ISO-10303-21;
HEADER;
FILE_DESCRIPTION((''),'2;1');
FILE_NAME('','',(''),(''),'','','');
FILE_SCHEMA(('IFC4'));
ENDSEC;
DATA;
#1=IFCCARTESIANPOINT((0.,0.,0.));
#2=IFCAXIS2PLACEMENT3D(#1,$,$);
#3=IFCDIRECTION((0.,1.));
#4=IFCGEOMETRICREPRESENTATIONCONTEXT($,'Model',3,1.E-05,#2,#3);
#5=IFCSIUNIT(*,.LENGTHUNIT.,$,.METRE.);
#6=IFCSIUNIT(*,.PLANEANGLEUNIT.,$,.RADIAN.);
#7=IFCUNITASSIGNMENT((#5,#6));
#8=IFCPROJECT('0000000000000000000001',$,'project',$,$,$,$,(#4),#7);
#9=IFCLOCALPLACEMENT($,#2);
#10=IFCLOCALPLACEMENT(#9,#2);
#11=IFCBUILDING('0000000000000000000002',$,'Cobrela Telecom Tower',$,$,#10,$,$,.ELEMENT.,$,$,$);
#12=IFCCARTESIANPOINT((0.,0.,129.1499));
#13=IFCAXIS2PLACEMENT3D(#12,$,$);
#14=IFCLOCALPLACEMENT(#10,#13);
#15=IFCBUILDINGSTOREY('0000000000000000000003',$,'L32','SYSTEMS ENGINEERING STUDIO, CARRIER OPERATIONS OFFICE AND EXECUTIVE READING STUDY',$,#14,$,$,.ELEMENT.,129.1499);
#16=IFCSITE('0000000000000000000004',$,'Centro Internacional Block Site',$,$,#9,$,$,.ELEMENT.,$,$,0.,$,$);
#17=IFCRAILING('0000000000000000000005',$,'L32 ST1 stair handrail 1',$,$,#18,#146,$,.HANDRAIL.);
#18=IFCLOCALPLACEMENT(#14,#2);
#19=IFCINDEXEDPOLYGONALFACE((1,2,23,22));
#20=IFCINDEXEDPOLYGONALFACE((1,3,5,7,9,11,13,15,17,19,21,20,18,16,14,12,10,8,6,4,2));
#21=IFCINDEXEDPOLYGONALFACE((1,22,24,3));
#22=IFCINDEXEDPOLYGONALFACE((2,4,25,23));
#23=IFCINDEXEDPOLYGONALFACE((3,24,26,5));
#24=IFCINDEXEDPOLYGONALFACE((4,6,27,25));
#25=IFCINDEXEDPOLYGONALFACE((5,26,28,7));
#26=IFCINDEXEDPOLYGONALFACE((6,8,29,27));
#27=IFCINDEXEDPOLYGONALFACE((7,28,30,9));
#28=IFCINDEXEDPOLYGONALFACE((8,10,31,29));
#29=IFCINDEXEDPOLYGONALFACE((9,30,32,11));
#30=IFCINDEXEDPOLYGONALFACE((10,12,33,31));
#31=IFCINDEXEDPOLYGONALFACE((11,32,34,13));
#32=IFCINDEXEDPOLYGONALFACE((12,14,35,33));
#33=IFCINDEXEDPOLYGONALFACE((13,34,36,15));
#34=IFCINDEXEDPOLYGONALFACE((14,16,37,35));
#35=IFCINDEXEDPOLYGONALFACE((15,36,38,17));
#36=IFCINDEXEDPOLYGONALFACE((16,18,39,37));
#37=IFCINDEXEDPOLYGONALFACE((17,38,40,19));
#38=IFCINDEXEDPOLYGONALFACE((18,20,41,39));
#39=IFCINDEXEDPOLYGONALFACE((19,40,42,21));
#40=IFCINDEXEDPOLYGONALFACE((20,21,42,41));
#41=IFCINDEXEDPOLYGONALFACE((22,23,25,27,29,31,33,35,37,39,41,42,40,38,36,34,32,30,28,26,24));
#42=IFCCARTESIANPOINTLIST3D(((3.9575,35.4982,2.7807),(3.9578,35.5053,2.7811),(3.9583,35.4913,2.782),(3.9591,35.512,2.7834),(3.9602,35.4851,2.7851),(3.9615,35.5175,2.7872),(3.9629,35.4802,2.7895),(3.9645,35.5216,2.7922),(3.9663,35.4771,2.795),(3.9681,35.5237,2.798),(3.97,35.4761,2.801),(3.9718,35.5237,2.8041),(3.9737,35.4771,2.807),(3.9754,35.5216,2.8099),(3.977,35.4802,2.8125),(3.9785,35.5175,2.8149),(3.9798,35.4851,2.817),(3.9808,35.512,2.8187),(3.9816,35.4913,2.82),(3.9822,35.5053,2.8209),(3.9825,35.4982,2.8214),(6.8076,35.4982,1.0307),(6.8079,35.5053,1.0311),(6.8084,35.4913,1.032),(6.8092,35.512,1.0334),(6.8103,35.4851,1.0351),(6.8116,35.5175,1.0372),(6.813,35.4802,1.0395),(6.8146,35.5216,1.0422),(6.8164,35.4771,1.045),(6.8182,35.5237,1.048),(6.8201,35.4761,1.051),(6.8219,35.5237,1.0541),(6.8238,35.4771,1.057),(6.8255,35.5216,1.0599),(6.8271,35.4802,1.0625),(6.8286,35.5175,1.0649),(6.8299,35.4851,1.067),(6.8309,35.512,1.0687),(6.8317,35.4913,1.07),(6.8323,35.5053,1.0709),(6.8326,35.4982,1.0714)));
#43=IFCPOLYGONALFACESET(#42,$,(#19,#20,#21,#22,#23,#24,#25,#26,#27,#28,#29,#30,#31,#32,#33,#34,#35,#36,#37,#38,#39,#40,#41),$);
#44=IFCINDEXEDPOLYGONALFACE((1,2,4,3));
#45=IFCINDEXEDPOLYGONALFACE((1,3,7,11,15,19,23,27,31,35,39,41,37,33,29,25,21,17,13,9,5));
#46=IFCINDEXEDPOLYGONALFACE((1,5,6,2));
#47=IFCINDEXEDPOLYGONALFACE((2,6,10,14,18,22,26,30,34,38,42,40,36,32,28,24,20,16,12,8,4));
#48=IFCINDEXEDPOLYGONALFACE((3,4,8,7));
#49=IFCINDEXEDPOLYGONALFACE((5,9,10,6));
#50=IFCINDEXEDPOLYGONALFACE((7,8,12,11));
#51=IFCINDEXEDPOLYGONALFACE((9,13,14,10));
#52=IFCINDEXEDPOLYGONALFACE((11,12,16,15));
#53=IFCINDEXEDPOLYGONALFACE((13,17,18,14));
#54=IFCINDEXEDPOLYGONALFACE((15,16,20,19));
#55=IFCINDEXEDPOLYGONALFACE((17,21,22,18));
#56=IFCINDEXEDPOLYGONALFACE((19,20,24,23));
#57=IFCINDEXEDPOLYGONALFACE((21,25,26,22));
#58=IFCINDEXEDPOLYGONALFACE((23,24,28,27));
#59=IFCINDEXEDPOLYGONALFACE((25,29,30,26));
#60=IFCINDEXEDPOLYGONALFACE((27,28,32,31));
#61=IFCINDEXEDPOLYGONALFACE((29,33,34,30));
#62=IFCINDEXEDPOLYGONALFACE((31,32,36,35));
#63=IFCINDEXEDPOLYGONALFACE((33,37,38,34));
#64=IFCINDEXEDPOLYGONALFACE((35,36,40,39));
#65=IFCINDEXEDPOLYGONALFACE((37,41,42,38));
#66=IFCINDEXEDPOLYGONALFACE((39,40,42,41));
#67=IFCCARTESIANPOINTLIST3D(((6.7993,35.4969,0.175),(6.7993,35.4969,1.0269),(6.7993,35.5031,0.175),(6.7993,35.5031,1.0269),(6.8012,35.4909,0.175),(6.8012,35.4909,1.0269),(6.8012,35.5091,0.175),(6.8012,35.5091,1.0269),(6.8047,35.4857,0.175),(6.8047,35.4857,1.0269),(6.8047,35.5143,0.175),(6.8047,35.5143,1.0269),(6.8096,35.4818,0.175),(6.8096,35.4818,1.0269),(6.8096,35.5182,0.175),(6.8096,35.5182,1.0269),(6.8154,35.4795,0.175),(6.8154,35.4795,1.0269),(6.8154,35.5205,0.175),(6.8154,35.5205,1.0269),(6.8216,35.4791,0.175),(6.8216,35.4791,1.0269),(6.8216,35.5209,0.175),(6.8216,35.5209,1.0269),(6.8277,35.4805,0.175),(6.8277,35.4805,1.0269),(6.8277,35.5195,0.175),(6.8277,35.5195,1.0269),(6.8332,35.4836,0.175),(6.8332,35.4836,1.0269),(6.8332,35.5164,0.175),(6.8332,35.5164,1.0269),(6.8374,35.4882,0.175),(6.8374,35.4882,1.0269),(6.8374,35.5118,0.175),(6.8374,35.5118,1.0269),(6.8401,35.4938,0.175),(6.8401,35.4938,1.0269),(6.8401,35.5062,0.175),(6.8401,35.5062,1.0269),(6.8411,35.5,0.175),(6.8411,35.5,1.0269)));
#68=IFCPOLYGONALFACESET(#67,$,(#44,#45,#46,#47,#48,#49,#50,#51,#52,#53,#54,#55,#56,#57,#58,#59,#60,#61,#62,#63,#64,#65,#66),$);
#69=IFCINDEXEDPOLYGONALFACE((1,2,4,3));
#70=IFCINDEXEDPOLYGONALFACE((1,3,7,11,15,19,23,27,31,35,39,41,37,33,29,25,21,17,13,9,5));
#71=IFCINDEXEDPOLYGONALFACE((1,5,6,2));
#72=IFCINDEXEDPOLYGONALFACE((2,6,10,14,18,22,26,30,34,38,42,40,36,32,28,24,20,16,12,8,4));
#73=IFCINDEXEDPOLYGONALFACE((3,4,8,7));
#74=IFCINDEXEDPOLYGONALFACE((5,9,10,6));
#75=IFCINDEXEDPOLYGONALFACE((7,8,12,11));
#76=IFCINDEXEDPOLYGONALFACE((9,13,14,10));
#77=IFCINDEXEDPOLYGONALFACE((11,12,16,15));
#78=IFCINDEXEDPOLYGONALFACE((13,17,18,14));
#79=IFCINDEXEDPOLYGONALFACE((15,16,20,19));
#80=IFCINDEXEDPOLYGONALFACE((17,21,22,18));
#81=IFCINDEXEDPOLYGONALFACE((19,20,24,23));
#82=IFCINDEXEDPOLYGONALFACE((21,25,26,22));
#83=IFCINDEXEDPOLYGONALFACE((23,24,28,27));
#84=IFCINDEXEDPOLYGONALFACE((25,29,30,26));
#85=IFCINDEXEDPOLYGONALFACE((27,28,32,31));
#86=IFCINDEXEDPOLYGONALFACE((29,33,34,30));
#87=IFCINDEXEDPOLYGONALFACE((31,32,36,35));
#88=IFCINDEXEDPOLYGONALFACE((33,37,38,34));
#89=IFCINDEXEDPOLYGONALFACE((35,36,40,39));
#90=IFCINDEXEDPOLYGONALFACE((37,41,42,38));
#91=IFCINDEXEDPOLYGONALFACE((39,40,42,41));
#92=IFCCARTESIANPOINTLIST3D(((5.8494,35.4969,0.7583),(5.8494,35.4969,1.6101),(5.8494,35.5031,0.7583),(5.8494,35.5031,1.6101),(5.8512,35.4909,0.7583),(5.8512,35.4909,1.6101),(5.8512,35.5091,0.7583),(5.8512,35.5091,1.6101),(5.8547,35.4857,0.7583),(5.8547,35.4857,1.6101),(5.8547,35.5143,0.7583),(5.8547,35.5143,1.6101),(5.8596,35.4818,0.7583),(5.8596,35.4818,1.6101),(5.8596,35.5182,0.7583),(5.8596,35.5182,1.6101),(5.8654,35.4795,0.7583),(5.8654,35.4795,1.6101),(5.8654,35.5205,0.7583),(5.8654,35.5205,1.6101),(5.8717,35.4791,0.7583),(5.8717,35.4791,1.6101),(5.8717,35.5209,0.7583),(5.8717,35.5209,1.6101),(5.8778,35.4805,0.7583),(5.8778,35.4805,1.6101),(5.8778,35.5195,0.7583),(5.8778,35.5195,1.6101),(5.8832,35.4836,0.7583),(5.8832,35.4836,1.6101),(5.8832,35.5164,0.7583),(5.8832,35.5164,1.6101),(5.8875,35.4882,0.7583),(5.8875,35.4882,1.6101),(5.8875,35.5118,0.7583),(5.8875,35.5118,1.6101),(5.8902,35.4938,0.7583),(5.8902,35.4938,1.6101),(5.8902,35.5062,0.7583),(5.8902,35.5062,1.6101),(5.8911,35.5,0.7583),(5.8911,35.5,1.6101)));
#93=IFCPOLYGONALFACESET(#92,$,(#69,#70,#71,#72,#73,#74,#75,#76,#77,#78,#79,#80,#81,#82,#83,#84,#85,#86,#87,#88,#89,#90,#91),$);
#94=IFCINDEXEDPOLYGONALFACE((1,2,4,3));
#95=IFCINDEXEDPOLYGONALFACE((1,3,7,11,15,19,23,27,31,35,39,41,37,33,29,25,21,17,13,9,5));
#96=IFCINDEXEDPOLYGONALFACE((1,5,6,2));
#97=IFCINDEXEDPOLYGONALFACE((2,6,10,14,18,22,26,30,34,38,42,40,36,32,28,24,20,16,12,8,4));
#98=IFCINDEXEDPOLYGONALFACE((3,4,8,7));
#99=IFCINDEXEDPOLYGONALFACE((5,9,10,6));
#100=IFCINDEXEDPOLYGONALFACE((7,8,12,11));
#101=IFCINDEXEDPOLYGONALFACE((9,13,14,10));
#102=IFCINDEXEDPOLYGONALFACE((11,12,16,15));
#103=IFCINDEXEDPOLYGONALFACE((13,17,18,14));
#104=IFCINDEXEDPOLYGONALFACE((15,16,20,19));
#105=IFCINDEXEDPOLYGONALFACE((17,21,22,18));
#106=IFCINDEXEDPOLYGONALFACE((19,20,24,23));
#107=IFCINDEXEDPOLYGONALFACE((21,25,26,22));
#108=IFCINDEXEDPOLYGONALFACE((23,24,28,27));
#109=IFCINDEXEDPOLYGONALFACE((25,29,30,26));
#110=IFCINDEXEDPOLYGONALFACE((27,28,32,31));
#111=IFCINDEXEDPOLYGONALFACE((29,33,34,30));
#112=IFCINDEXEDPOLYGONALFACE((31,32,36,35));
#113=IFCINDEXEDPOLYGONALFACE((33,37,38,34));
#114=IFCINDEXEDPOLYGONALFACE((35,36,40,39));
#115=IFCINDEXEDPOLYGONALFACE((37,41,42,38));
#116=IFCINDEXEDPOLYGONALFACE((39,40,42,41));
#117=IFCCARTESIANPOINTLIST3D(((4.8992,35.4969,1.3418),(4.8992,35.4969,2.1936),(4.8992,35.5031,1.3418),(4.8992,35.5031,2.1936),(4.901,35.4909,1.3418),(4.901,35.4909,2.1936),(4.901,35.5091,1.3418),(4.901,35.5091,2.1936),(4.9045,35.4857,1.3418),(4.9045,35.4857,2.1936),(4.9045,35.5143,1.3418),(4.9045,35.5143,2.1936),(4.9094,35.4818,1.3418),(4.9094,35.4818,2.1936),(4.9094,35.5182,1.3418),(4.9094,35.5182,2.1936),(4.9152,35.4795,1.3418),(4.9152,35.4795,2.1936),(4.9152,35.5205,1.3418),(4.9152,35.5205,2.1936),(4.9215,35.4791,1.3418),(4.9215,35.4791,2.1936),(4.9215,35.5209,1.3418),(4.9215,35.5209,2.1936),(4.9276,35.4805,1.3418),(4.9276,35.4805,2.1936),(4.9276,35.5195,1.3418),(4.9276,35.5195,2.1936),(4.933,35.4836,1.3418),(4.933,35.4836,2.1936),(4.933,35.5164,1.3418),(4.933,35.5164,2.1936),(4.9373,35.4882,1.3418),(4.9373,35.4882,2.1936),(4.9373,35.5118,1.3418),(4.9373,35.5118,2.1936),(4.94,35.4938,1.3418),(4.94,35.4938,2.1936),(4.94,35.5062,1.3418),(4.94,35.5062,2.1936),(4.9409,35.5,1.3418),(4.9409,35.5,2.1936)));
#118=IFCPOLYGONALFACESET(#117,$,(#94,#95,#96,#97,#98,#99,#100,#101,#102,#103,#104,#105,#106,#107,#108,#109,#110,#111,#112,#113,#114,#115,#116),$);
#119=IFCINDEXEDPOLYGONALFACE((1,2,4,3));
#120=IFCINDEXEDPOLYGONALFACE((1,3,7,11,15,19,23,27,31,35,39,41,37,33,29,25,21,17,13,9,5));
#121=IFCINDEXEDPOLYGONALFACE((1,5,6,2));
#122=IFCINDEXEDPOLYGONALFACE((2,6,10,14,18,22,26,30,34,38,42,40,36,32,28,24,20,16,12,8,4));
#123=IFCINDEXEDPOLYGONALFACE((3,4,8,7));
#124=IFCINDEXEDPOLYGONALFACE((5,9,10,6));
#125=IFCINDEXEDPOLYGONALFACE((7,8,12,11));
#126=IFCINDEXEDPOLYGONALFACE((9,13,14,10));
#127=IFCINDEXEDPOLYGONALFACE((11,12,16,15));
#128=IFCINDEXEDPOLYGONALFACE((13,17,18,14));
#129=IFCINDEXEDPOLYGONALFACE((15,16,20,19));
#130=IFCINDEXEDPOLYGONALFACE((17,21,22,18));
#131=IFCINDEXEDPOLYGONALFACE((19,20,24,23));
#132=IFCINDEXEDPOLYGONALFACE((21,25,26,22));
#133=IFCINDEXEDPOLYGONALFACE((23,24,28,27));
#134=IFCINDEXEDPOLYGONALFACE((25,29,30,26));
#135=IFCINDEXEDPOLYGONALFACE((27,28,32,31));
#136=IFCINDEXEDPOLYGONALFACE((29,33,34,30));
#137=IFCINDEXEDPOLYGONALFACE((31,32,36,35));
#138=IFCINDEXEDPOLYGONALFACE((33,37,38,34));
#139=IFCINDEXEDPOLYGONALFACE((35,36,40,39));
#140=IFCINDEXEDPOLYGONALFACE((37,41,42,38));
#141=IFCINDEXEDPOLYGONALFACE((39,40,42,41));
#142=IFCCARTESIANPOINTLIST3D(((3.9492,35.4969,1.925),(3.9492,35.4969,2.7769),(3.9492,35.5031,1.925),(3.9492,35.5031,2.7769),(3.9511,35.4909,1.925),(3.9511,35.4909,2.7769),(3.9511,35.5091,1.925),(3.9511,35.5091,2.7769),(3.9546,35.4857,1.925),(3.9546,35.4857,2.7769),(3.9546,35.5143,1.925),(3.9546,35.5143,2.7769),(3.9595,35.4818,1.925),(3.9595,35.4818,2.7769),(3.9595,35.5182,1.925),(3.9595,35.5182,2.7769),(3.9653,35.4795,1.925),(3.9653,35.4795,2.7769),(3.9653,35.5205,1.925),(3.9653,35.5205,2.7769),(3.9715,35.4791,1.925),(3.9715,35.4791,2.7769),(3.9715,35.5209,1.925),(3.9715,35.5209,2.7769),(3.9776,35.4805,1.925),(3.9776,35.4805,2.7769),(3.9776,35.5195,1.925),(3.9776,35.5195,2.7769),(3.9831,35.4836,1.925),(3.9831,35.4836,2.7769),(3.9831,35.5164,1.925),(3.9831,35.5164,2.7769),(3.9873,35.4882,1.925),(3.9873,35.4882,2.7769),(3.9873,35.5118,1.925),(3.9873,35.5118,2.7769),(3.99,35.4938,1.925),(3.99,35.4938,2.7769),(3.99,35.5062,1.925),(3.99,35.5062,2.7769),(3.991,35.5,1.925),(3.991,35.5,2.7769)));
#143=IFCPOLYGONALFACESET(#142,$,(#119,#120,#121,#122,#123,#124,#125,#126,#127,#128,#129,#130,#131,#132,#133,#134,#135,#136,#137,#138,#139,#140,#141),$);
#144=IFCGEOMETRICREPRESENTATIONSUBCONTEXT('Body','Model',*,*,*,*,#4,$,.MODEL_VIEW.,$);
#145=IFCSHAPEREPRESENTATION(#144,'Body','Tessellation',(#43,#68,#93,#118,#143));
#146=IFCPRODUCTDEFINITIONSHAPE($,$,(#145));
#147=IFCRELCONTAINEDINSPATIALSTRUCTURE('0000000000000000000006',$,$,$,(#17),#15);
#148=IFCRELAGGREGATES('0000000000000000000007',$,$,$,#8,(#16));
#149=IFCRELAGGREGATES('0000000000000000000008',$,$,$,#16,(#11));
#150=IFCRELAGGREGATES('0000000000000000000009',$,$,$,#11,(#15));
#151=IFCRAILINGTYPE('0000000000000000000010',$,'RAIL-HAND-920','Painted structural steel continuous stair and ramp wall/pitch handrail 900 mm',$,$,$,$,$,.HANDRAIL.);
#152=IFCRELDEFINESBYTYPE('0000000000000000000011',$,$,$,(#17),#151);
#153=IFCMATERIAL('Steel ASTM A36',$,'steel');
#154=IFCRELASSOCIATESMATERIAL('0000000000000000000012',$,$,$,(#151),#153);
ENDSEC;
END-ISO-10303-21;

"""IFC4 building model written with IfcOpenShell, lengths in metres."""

from ifc_helpers import new_model, si_unit, direction, frame, origin, origin_2d, place, context, subcontext, project, spatial, circle, extrude, material, type_object, element, save


model = new_model("IFC4")

# Units and contexts
model_context = context("Model", 3, precision=1e-05, world=origin(), true_north=direction((0.0, 1.0)))
body_context = subcontext(model_context, "Body", "Model", "MODEL_VIEW")
ifc_project = project(units=[si_unit("LENGTHUNIT", "METRE"), si_unit("PLANEANGLEUNIT", "RADIAN")], contexts=[model_context])

# Site, building, storey
site_placement = place(None, origin())
site = spatial("IfcSite", under=ifc_project, at=site_placement, Name="Centro Internacional Block Site", CompositionType="ELEMENT", RefElevation=0.0)
building_placement = place(site_placement, origin())
building = spatial("IfcBuilding", under=site, at=building_placement, Name="Cobrela Telecom Tower", CompositionType="ELEMENT")
storey_placement = place(building_placement, frame((0.0, 0.0, 129.1499)))
storey = spatial("IfcBuildingStorey", under=building, at=storey_placement, Name="L32", Description="SYSTEMS ENGINEERING STUDIO, CARRIER OPERATIONS OFFICE AND EXECUTIVE READING STUDY", CompositionType="ELEMENT", Elevation=129.1499)

# Shared definitions
ifc_material_1 = material(Name="Steel ASTM A36", Category="steel")

# Railing
railing_type_1 = type_object("IfcRailingType", Name="RAIL-HAND-920", Description="Painted structural steel continuous stair and ramp wall/pitch handrail 900 mm", PredefinedType="HANDRAIL", material=ifc_material_1)
railing_1_placement = place(storey_placement, frame((6.8201, 35.5, 0.175)))
element("IfcRailing", 1, at=railing_1_placement, inside=storey, type_object=railing_type_1, Name="L32 ST1 stair handrail 1", PredefinedType="HANDRAIL", context=body_context, shape_type="SweptSolid", body=[
    extrude(circle(Radius=0.0239, at=origin_2d()), frame((0.0, 0.0, 0.876), z_axis=(-0.852179, 0.0, 0.52325), x_axis=(0.0, -1.0, 0.0)), (0.0, 0.0, 1.0), 3.3445),
    extrude(circle(Radius=0.021, at=origin_2d()), origin(), (0.0, 0.0, 1.0), 0.8518),
    extrude(circle(Radius=0.021, at=origin_2d()), frame((-0.95, 0.0, 0.5833)), (0.0, 0.0, 1.0), 0.8518),
    extrude(circle(Radius=0.021, at=origin_2d()), frame((-1.9001, 0.0, 1.1667)), (0.0, 0.0, 1.0), 0.8518),
    extrude(circle(Radius=0.021, at=origin_2d()), frame((-2.8501, 0.0, 1.75)), (0.0, 0.0, 1.0), 0.8518),
])

save(model, "model.ifc")
